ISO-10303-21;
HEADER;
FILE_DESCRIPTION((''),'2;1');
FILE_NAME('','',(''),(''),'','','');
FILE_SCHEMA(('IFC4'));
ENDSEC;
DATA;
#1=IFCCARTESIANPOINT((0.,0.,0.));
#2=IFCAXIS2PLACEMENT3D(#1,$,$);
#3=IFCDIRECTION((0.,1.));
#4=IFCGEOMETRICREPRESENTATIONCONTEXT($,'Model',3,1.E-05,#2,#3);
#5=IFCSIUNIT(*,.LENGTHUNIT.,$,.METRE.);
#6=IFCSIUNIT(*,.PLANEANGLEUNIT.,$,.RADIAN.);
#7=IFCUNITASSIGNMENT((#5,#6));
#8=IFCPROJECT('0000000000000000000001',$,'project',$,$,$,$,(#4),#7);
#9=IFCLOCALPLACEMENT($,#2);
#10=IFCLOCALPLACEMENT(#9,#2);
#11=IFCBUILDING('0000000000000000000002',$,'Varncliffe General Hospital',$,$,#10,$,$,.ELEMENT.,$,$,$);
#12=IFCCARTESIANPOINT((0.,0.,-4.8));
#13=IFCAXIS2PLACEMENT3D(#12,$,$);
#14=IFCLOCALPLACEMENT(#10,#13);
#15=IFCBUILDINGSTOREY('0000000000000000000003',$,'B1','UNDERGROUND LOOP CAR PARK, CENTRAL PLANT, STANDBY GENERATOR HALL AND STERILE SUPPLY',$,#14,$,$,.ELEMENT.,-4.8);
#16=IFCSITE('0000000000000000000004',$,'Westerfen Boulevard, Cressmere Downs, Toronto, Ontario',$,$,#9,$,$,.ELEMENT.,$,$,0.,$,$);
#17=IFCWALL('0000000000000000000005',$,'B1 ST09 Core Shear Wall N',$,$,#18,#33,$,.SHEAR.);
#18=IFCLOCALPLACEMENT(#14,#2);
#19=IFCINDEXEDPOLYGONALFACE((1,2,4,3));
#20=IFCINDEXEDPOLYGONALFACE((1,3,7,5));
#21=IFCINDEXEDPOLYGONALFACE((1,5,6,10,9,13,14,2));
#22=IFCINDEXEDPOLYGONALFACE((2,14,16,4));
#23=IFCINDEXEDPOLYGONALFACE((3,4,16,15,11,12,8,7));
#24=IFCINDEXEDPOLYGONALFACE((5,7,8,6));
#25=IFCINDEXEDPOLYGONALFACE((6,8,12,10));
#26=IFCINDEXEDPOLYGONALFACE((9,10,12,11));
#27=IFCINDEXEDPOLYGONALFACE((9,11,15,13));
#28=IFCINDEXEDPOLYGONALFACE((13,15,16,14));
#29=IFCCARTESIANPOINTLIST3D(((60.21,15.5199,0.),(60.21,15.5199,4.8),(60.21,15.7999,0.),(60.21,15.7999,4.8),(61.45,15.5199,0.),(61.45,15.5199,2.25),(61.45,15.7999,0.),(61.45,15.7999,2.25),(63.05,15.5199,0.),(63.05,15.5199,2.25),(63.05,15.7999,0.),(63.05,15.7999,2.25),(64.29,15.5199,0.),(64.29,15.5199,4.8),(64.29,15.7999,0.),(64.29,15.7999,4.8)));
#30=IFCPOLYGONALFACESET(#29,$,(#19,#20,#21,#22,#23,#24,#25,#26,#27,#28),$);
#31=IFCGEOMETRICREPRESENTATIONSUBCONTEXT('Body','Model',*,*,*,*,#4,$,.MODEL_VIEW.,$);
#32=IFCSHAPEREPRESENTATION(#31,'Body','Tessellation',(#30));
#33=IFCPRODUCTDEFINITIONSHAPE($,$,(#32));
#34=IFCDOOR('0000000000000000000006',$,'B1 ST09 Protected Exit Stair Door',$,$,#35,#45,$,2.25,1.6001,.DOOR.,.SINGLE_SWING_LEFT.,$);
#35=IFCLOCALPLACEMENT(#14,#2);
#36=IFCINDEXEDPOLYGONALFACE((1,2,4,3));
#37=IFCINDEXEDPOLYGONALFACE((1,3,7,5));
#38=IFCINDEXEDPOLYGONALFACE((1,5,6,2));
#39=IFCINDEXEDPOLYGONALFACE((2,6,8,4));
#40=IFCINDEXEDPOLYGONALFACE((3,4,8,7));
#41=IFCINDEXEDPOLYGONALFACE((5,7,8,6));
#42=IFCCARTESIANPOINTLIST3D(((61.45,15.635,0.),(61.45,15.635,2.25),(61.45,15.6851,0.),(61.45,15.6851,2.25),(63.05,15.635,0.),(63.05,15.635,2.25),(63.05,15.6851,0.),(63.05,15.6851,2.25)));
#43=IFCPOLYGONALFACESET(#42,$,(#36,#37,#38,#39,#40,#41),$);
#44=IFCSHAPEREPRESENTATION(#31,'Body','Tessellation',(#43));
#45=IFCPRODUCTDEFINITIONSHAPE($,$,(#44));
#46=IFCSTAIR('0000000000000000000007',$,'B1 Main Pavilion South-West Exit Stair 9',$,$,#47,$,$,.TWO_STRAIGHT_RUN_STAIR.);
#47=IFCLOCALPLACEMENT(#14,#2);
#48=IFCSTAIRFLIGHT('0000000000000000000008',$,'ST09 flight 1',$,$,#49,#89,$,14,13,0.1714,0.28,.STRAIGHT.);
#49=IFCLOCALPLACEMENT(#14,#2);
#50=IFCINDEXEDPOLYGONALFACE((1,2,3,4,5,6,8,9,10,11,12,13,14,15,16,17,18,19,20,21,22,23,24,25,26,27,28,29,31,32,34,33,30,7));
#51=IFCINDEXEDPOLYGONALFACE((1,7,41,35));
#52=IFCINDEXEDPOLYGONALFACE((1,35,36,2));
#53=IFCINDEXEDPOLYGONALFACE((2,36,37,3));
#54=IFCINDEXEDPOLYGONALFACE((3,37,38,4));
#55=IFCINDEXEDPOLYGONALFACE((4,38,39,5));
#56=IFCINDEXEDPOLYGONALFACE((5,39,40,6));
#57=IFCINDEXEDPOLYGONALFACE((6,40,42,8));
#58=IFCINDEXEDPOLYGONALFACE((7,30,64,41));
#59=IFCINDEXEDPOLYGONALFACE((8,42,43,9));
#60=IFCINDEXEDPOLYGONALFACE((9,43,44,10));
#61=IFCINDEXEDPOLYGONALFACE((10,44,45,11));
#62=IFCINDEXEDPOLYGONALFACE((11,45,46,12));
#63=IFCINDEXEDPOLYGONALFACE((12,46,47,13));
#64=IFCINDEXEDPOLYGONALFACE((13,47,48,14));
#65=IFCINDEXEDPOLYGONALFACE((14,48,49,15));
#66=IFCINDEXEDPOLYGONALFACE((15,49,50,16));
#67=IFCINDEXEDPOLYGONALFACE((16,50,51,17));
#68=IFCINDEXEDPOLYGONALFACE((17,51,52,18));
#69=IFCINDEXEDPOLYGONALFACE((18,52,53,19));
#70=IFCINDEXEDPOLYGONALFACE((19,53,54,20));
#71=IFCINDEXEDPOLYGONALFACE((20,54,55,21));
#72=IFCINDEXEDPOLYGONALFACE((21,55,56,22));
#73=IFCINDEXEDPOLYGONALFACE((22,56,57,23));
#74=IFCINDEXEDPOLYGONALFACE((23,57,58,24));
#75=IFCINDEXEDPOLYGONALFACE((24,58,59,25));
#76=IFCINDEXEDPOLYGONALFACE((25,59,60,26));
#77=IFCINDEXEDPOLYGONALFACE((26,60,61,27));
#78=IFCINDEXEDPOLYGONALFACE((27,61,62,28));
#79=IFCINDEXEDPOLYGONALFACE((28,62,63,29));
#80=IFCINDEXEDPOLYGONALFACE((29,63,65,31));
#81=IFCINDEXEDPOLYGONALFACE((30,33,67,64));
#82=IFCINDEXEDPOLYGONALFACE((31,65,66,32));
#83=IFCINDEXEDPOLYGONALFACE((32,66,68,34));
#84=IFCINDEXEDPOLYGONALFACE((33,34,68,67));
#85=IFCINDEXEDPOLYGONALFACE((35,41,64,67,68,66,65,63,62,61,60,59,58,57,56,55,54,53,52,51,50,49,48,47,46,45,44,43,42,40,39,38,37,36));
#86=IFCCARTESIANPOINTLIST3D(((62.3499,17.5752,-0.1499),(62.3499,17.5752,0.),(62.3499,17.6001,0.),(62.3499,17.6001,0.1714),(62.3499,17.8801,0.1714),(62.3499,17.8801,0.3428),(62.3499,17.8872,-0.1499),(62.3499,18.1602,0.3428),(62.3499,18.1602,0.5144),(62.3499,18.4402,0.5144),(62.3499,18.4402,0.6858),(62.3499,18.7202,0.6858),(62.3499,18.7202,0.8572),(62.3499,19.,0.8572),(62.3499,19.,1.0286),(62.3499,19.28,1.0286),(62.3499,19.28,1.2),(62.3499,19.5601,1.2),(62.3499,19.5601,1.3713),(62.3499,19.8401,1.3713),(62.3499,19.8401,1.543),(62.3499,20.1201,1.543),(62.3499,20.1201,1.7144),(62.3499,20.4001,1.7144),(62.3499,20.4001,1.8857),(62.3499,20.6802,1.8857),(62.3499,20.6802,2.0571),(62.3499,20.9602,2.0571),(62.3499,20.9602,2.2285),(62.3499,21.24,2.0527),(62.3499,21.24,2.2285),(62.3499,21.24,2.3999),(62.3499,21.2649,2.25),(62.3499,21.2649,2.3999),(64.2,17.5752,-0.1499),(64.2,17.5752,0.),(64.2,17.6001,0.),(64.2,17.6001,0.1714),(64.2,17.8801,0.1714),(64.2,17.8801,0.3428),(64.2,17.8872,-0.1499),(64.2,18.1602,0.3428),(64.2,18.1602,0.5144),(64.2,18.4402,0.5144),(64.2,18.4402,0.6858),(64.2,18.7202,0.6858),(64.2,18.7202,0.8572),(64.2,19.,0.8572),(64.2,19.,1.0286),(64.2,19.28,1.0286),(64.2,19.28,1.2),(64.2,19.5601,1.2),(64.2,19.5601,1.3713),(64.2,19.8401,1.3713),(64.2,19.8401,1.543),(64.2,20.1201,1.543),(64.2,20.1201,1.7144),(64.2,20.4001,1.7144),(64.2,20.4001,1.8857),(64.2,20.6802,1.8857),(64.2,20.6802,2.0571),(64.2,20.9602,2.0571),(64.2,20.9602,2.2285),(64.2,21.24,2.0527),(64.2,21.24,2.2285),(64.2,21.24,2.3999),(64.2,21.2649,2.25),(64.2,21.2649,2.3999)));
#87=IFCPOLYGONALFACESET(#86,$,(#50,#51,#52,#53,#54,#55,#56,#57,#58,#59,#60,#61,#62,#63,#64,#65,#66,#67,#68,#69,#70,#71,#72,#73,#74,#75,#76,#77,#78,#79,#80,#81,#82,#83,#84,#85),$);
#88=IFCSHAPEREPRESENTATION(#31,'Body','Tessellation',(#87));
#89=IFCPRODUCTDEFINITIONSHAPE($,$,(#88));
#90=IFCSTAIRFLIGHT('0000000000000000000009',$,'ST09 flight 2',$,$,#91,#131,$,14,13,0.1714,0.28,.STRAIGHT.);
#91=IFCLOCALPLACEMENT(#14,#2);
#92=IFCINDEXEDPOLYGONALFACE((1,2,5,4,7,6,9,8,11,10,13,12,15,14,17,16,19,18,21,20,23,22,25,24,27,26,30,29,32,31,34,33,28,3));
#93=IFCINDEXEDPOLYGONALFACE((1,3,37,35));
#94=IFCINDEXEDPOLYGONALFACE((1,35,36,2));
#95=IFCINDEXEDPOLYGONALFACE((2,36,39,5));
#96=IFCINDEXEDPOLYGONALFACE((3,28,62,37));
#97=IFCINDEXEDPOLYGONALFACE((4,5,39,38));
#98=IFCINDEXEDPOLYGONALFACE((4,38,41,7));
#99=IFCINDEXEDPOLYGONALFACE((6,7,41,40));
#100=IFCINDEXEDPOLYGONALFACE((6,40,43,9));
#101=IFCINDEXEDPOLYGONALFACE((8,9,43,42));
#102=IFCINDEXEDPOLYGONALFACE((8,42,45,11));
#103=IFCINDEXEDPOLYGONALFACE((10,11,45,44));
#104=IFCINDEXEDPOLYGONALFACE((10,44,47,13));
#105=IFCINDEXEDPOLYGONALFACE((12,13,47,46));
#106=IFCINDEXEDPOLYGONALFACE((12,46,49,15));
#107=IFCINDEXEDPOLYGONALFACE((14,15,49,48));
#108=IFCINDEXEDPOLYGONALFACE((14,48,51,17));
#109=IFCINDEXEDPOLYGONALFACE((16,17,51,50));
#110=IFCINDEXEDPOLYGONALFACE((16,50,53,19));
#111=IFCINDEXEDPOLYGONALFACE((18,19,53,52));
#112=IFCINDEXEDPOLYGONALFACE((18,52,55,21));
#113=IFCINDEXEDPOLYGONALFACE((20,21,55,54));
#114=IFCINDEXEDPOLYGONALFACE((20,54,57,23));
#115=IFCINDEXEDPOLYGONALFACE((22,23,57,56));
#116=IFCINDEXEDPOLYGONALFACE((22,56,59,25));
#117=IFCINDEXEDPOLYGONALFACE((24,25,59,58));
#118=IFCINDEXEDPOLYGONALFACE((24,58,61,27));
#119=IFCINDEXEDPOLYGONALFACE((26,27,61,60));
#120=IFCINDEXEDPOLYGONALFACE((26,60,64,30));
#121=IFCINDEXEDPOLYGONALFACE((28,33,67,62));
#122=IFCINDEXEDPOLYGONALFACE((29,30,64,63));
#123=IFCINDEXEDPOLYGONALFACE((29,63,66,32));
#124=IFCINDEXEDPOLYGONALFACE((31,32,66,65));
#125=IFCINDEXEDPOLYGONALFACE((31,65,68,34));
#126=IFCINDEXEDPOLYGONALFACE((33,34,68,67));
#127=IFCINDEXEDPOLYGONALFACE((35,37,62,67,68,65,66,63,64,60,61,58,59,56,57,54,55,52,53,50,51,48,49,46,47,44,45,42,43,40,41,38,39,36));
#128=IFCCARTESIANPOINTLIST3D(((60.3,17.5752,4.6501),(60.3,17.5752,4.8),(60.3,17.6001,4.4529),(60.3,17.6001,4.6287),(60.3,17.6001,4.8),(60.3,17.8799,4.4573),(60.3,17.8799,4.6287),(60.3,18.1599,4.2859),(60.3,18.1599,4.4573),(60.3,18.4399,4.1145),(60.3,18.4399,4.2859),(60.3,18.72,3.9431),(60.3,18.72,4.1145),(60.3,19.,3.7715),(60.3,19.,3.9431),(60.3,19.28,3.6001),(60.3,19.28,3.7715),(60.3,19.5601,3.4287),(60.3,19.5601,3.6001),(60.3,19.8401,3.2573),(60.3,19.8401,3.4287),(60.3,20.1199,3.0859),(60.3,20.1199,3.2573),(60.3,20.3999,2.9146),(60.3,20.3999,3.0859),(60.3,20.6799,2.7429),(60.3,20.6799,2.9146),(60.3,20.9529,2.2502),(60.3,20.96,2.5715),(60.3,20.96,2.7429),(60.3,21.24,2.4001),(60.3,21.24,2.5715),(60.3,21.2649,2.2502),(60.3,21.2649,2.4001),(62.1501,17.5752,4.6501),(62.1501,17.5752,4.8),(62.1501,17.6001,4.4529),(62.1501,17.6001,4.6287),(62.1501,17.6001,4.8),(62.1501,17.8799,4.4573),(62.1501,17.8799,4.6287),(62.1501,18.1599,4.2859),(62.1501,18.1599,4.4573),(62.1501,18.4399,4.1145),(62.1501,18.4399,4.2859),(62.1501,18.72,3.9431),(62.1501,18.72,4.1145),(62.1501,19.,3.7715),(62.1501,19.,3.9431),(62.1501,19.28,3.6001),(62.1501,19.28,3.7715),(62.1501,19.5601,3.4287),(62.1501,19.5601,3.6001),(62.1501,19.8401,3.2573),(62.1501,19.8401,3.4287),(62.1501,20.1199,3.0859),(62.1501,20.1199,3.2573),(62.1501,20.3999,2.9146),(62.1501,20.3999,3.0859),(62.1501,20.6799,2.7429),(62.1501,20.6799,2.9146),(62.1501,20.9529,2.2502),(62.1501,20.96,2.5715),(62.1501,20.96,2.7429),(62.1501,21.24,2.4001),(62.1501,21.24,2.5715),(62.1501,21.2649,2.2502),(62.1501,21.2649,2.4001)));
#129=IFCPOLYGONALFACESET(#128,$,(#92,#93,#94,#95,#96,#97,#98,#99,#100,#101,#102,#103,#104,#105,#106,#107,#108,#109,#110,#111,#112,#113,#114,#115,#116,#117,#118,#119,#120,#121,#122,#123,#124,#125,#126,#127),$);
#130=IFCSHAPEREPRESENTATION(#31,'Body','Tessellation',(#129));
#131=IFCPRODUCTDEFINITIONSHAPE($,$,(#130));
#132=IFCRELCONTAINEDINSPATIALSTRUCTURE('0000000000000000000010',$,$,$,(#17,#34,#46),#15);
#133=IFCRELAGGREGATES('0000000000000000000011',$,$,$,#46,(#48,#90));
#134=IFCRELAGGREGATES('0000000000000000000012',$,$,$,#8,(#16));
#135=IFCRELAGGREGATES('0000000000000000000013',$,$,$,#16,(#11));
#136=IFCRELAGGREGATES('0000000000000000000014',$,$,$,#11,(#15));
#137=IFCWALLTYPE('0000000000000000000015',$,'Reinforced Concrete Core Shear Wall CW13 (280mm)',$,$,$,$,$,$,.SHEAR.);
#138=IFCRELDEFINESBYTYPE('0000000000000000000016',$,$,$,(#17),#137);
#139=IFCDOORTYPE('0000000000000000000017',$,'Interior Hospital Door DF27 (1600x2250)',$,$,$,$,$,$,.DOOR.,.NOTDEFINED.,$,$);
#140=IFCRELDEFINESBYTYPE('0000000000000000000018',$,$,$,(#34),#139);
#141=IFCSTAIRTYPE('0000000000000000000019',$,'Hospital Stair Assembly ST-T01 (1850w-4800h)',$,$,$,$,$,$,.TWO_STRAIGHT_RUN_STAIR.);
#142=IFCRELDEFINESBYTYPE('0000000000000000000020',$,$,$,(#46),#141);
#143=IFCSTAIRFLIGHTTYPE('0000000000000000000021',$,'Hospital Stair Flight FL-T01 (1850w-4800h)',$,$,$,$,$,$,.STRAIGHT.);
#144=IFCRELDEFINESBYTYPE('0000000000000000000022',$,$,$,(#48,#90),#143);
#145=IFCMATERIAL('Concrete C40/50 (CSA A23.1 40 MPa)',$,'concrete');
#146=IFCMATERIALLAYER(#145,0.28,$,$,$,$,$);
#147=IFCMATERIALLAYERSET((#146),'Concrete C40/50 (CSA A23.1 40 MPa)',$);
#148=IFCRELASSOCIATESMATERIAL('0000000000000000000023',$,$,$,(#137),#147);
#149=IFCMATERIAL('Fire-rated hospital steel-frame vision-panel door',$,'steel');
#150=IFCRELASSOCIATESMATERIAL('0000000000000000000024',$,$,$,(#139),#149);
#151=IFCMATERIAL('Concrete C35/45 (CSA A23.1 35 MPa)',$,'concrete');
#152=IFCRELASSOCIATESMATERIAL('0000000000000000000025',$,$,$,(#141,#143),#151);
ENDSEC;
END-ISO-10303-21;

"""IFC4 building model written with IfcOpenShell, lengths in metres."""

from ifc_helpers import new_model, si_unit, direction, frame, frame_2d, origin, place, context, subcontext, project, spatial, polyline, rectangle, outline, extrude, material, layer, layer_set, type_object, element, fill, aggregate, save


model = new_model("IFC4")

# Units and contexts
model_context = context("Model", 3, precision=1e-05, world=origin(), true_north=direction((0.0, 1.0)))
body_context = subcontext(model_context, "Body", "Model", "MODEL_VIEW")
ifc_project = project(units=[si_unit("LENGTHUNIT", "METRE"), si_unit("PLANEANGLEUNIT", "RADIAN")], contexts=[model_context])

# Site, building, storey
site_placement = place(None, origin())
site = spatial("IfcSite", under=ifc_project, at=site_placement, Name="Westerfen Boulevard, Cressmere Downs, Toronto, Ontario", CompositionType="ELEMENT", RefElevation=0.0)
building_placement = place(site_placement, origin())
building = spatial("IfcBuilding", under=site, at=building_placement, Name="Varncliffe General Hospital", CompositionType="ELEMENT")
storey_placement = place(building_placement, frame((0.0, 0.0, -4.8)))
storey = spatial("IfcBuildingStorey", under=building, at=storey_placement, Name="B1", Description="UNDERGROUND LOOP CAR PARK, CENTRAL PLANT, STANDBY GENERATOR HALL AND STERILE SUPPLY", CompositionType="ELEMENT", Elevation=-4.8)

# Shared definitions
ifc_material_1 = material(Name="Concrete C40/50 (CSA A23.1 40 MPa)", Category="concrete")

# Shared definitions
ifc_material_2 = material(Name="Concrete C35/45 (CSA A23.1 35 MPa)", Category="concrete")

# Shared definitions
ifc_layer_1 = layer(ifc_material_1, 0.28)
ifc_layer_set_1 = layer_set([ifc_layer_1], Name="Concrete C40/50 (CSA A23.1 40 MPa)")
wall_type_1 = type_object("IfcWallType", Name="Reinforced Concrete Core Shear Wall CW13 (280mm)", PredefinedType="SHEAR", material=ifc_layer_set_1)

# Wall, opening, door
wall_1_placement = place(storey_placement, frame((60.21, 15.6599, 0.0), z_axis=(0.0, 0.0, 1.0), x_axis=(1.0, 0.0, 0.0)))
wall_1 = element("IfcWall", 1, at=wall_1_placement, inside=storey, type_object=wall_type_1, Name="B1 ST09 Core Shear Wall N", PredefinedType="SHEAR", context=body_context, shape_type="SweptSolid", body=[
    extrude(rectangle(XDim=4.0801, YDim=0.28, at=frame_2d((2.04, 0.0))), origin(), (0.0, 0.0, 1.0), 4.8),
])
opening_placement = place(wall_1_placement, frame((1.24, 0.0, 0.0)))
opening = element("IfcOpeningElement", 2, at=opening_placement, cuts=wall_1, PredefinedType="OPENING", context=body_context, shape_type="SweptSolid", body=[
    extrude(rectangle(XDim=1.6001, YDim=2.25, at=frame_2d((0.8, 1.125))), frame((0.0, 0.1499, 0.0), z_axis=(0.0, -1.0, 0.0), x_axis=(1.0, 0.0, 0.0)), (0.0, 0.0, 1.0), 0.3),
])
ifc_material_3 = material(Name="Fire-rated hospital steel-frame vision-panel door", Category="steel")
door_type = type_object("IfcDoorType", Name="Interior Hospital Door DF27 (1600x2250)", OperationType="NOTDEFINED", PredefinedType="DOOR", material=ifc_material_3)
door_placement = place(opening_placement, frame((1.6001, 0.0, 0.0), z_axis=(0.0, 0.0, 1.0), x_axis=(-1.0, 0.0, 0.0)))
door = element("IfcDoor", 3, at=door_placement, inside=storey, type_object=door_type, Name="B1 ST09 Protected Exit Stair Door", OperationType="SINGLE_SWING_LEFT", OverallHeight=2.25, OverallWidth=1.6001, PredefinedType="DOOR", context=body_context, shape_type="SweptSolid", body=[
    extrude(rectangle(XDim=1.6001, YDim=2.25, at=frame_2d((0.8, 1.125))), frame((0.0, 0.0249, 0.0), z_axis=(0.0, -1.0, 0.0), x_axis=(1.0, 0.0, 0.0)), (0.0, 0.0, 1.0), 0.05),
])
fill(opening, door)

# Stair, stair flights
stair_type = type_object("IfcStairType", Name="Hospital Stair Assembly ST-T01 (1850w-4800h)", PredefinedType="TWO_STRAIGHT_RUN_STAIR", material=ifc_material_2)
stair_placement = place(storey_placement, origin())
stair = element("IfcStair", 4, at=stair_placement, inside=storey, type_object=stair_type, Name="B1 Main Pavilion South-West Exit Stair 9", PredefinedType="TWO_STRAIGHT_RUN_STAIR")
stair_flight_type = type_object("IfcStairFlightType", Name="Hospital Stair Flight FL-T01 (1850w-4800h)", PredefinedType="STRAIGHT", material=ifc_material_2)
stair_flight_1_placement = place(storey_placement, frame((63.2749, 17.6001, 0.0), z_axis=(0.0, 0.0, 1.0), x_axis=(0.0, 1.0, 0.0)))
stair_flight_1 = element("IfcStairFlight", 5, at=stair_flight_1_placement, type_object=stair_flight_type, Name="ST09 flight 1", NumberOfRisers=14, NumberOfTreads=13, PredefinedType="STRAIGHT", RiserHeight=0.1714, TreadLength=0.28, context=body_context, shape_type="SweptSolid", body=[
    extrude(outline(polyline([(-0.0249, -0.1499), (-0.0249, 0.0), (0.0, 0.0), (0.0, 0.1714), (0.28, 0.1714), (0.28, 0.3428), (0.5601, 0.3428), (0.5601, 0.5144), (0.8401, 0.5144), (0.8401, 0.6858), (1.1201, 0.6858), (1.1201, 0.8572), (1.3999, 0.8572), (1.3999, 1.0286), (1.6799, 1.0286), (1.6799, 1.2), (1.96, 1.2), (1.96, 1.3713), (2.24, 1.3713), (2.24, 1.543), (2.52, 1.543), (2.52, 1.7144), (2.8, 1.7144), (2.8, 1.8857), (3.0801, 1.8857), (3.0801, 2.0571), (3.3601, 2.0571), (3.3601, 2.2285), (3.6399, 2.2285), (3.6399, 2.3999), (3.6648, 2.3999), (3.6648, 2.25), (3.6399, 2.0527), (0.2871, -0.1499), (-0.0249, -0.1499)])), frame((0.0, 0.925, 0.0), z_axis=(0.0, -1.0, 0.0), x_axis=(1.0, 0.0, 0.0)), (0.0, 0.0, 1.0), 1.8501),
])
stair_flight_2_placement = place(storey_placement, frame((61.2251, 21.24, 2.4001), z_axis=(0.0, 0.0, 1.0), x_axis=(0.0, -1.0, 0.0)))
stair_flight_2 = element("IfcStairFlight", 6, at=stair_flight_2_placement, type_object=stair_flight_type, Name="ST09 flight 2", NumberOfRisers=14, NumberOfTreads=13, PredefinedType="STRAIGHT", RiserHeight=0.1714, TreadLength=0.28, context=body_context, shape_type="SweptSolid", body=[
    extrude(outline(polyline([(-0.0249, -0.1499), (-0.0249, 0.0), (0.0, 0.0), (0.0, 0.1714), (0.28, 0.1714), (0.28, 0.3428), (0.5601, 0.3428), (0.5601, 0.5144), (0.8401, 0.5144), (0.8401, 0.6858), (1.1201, 0.6858), (1.1201, 0.8572), (1.3999, 0.8572), (1.3999, 1.0286), (1.6799, 1.0286), (1.6799, 1.2), (1.96, 1.2), (1.96, 1.3713), (2.24, 1.3713), (2.24, 1.543), (2.52, 1.543), (2.52, 1.7144), (2.8, 1.7144), (2.8, 1.8857), (3.0801, 1.8857), (3.0801, 2.0571), (3.3601, 2.0571), (3.3601, 2.2285), (3.6399, 2.2285), (3.6399, 2.3999), (3.6648, 2.3999), (3.6648, 2.25), (3.6399, 2.0527), (0.2871, -0.1499), (-0.0249, -0.1499)])), frame((0.0, 0.925, 0.0), z_axis=(0.0, -1.0, 0.0), x_axis=(1.0, 0.0, 0.0)), (0.0, 0.0, 1.0), 1.8501),
])
aggregate(stair, [stair_flight_1, stair_flight_2])

save(model, "model.ifc")
